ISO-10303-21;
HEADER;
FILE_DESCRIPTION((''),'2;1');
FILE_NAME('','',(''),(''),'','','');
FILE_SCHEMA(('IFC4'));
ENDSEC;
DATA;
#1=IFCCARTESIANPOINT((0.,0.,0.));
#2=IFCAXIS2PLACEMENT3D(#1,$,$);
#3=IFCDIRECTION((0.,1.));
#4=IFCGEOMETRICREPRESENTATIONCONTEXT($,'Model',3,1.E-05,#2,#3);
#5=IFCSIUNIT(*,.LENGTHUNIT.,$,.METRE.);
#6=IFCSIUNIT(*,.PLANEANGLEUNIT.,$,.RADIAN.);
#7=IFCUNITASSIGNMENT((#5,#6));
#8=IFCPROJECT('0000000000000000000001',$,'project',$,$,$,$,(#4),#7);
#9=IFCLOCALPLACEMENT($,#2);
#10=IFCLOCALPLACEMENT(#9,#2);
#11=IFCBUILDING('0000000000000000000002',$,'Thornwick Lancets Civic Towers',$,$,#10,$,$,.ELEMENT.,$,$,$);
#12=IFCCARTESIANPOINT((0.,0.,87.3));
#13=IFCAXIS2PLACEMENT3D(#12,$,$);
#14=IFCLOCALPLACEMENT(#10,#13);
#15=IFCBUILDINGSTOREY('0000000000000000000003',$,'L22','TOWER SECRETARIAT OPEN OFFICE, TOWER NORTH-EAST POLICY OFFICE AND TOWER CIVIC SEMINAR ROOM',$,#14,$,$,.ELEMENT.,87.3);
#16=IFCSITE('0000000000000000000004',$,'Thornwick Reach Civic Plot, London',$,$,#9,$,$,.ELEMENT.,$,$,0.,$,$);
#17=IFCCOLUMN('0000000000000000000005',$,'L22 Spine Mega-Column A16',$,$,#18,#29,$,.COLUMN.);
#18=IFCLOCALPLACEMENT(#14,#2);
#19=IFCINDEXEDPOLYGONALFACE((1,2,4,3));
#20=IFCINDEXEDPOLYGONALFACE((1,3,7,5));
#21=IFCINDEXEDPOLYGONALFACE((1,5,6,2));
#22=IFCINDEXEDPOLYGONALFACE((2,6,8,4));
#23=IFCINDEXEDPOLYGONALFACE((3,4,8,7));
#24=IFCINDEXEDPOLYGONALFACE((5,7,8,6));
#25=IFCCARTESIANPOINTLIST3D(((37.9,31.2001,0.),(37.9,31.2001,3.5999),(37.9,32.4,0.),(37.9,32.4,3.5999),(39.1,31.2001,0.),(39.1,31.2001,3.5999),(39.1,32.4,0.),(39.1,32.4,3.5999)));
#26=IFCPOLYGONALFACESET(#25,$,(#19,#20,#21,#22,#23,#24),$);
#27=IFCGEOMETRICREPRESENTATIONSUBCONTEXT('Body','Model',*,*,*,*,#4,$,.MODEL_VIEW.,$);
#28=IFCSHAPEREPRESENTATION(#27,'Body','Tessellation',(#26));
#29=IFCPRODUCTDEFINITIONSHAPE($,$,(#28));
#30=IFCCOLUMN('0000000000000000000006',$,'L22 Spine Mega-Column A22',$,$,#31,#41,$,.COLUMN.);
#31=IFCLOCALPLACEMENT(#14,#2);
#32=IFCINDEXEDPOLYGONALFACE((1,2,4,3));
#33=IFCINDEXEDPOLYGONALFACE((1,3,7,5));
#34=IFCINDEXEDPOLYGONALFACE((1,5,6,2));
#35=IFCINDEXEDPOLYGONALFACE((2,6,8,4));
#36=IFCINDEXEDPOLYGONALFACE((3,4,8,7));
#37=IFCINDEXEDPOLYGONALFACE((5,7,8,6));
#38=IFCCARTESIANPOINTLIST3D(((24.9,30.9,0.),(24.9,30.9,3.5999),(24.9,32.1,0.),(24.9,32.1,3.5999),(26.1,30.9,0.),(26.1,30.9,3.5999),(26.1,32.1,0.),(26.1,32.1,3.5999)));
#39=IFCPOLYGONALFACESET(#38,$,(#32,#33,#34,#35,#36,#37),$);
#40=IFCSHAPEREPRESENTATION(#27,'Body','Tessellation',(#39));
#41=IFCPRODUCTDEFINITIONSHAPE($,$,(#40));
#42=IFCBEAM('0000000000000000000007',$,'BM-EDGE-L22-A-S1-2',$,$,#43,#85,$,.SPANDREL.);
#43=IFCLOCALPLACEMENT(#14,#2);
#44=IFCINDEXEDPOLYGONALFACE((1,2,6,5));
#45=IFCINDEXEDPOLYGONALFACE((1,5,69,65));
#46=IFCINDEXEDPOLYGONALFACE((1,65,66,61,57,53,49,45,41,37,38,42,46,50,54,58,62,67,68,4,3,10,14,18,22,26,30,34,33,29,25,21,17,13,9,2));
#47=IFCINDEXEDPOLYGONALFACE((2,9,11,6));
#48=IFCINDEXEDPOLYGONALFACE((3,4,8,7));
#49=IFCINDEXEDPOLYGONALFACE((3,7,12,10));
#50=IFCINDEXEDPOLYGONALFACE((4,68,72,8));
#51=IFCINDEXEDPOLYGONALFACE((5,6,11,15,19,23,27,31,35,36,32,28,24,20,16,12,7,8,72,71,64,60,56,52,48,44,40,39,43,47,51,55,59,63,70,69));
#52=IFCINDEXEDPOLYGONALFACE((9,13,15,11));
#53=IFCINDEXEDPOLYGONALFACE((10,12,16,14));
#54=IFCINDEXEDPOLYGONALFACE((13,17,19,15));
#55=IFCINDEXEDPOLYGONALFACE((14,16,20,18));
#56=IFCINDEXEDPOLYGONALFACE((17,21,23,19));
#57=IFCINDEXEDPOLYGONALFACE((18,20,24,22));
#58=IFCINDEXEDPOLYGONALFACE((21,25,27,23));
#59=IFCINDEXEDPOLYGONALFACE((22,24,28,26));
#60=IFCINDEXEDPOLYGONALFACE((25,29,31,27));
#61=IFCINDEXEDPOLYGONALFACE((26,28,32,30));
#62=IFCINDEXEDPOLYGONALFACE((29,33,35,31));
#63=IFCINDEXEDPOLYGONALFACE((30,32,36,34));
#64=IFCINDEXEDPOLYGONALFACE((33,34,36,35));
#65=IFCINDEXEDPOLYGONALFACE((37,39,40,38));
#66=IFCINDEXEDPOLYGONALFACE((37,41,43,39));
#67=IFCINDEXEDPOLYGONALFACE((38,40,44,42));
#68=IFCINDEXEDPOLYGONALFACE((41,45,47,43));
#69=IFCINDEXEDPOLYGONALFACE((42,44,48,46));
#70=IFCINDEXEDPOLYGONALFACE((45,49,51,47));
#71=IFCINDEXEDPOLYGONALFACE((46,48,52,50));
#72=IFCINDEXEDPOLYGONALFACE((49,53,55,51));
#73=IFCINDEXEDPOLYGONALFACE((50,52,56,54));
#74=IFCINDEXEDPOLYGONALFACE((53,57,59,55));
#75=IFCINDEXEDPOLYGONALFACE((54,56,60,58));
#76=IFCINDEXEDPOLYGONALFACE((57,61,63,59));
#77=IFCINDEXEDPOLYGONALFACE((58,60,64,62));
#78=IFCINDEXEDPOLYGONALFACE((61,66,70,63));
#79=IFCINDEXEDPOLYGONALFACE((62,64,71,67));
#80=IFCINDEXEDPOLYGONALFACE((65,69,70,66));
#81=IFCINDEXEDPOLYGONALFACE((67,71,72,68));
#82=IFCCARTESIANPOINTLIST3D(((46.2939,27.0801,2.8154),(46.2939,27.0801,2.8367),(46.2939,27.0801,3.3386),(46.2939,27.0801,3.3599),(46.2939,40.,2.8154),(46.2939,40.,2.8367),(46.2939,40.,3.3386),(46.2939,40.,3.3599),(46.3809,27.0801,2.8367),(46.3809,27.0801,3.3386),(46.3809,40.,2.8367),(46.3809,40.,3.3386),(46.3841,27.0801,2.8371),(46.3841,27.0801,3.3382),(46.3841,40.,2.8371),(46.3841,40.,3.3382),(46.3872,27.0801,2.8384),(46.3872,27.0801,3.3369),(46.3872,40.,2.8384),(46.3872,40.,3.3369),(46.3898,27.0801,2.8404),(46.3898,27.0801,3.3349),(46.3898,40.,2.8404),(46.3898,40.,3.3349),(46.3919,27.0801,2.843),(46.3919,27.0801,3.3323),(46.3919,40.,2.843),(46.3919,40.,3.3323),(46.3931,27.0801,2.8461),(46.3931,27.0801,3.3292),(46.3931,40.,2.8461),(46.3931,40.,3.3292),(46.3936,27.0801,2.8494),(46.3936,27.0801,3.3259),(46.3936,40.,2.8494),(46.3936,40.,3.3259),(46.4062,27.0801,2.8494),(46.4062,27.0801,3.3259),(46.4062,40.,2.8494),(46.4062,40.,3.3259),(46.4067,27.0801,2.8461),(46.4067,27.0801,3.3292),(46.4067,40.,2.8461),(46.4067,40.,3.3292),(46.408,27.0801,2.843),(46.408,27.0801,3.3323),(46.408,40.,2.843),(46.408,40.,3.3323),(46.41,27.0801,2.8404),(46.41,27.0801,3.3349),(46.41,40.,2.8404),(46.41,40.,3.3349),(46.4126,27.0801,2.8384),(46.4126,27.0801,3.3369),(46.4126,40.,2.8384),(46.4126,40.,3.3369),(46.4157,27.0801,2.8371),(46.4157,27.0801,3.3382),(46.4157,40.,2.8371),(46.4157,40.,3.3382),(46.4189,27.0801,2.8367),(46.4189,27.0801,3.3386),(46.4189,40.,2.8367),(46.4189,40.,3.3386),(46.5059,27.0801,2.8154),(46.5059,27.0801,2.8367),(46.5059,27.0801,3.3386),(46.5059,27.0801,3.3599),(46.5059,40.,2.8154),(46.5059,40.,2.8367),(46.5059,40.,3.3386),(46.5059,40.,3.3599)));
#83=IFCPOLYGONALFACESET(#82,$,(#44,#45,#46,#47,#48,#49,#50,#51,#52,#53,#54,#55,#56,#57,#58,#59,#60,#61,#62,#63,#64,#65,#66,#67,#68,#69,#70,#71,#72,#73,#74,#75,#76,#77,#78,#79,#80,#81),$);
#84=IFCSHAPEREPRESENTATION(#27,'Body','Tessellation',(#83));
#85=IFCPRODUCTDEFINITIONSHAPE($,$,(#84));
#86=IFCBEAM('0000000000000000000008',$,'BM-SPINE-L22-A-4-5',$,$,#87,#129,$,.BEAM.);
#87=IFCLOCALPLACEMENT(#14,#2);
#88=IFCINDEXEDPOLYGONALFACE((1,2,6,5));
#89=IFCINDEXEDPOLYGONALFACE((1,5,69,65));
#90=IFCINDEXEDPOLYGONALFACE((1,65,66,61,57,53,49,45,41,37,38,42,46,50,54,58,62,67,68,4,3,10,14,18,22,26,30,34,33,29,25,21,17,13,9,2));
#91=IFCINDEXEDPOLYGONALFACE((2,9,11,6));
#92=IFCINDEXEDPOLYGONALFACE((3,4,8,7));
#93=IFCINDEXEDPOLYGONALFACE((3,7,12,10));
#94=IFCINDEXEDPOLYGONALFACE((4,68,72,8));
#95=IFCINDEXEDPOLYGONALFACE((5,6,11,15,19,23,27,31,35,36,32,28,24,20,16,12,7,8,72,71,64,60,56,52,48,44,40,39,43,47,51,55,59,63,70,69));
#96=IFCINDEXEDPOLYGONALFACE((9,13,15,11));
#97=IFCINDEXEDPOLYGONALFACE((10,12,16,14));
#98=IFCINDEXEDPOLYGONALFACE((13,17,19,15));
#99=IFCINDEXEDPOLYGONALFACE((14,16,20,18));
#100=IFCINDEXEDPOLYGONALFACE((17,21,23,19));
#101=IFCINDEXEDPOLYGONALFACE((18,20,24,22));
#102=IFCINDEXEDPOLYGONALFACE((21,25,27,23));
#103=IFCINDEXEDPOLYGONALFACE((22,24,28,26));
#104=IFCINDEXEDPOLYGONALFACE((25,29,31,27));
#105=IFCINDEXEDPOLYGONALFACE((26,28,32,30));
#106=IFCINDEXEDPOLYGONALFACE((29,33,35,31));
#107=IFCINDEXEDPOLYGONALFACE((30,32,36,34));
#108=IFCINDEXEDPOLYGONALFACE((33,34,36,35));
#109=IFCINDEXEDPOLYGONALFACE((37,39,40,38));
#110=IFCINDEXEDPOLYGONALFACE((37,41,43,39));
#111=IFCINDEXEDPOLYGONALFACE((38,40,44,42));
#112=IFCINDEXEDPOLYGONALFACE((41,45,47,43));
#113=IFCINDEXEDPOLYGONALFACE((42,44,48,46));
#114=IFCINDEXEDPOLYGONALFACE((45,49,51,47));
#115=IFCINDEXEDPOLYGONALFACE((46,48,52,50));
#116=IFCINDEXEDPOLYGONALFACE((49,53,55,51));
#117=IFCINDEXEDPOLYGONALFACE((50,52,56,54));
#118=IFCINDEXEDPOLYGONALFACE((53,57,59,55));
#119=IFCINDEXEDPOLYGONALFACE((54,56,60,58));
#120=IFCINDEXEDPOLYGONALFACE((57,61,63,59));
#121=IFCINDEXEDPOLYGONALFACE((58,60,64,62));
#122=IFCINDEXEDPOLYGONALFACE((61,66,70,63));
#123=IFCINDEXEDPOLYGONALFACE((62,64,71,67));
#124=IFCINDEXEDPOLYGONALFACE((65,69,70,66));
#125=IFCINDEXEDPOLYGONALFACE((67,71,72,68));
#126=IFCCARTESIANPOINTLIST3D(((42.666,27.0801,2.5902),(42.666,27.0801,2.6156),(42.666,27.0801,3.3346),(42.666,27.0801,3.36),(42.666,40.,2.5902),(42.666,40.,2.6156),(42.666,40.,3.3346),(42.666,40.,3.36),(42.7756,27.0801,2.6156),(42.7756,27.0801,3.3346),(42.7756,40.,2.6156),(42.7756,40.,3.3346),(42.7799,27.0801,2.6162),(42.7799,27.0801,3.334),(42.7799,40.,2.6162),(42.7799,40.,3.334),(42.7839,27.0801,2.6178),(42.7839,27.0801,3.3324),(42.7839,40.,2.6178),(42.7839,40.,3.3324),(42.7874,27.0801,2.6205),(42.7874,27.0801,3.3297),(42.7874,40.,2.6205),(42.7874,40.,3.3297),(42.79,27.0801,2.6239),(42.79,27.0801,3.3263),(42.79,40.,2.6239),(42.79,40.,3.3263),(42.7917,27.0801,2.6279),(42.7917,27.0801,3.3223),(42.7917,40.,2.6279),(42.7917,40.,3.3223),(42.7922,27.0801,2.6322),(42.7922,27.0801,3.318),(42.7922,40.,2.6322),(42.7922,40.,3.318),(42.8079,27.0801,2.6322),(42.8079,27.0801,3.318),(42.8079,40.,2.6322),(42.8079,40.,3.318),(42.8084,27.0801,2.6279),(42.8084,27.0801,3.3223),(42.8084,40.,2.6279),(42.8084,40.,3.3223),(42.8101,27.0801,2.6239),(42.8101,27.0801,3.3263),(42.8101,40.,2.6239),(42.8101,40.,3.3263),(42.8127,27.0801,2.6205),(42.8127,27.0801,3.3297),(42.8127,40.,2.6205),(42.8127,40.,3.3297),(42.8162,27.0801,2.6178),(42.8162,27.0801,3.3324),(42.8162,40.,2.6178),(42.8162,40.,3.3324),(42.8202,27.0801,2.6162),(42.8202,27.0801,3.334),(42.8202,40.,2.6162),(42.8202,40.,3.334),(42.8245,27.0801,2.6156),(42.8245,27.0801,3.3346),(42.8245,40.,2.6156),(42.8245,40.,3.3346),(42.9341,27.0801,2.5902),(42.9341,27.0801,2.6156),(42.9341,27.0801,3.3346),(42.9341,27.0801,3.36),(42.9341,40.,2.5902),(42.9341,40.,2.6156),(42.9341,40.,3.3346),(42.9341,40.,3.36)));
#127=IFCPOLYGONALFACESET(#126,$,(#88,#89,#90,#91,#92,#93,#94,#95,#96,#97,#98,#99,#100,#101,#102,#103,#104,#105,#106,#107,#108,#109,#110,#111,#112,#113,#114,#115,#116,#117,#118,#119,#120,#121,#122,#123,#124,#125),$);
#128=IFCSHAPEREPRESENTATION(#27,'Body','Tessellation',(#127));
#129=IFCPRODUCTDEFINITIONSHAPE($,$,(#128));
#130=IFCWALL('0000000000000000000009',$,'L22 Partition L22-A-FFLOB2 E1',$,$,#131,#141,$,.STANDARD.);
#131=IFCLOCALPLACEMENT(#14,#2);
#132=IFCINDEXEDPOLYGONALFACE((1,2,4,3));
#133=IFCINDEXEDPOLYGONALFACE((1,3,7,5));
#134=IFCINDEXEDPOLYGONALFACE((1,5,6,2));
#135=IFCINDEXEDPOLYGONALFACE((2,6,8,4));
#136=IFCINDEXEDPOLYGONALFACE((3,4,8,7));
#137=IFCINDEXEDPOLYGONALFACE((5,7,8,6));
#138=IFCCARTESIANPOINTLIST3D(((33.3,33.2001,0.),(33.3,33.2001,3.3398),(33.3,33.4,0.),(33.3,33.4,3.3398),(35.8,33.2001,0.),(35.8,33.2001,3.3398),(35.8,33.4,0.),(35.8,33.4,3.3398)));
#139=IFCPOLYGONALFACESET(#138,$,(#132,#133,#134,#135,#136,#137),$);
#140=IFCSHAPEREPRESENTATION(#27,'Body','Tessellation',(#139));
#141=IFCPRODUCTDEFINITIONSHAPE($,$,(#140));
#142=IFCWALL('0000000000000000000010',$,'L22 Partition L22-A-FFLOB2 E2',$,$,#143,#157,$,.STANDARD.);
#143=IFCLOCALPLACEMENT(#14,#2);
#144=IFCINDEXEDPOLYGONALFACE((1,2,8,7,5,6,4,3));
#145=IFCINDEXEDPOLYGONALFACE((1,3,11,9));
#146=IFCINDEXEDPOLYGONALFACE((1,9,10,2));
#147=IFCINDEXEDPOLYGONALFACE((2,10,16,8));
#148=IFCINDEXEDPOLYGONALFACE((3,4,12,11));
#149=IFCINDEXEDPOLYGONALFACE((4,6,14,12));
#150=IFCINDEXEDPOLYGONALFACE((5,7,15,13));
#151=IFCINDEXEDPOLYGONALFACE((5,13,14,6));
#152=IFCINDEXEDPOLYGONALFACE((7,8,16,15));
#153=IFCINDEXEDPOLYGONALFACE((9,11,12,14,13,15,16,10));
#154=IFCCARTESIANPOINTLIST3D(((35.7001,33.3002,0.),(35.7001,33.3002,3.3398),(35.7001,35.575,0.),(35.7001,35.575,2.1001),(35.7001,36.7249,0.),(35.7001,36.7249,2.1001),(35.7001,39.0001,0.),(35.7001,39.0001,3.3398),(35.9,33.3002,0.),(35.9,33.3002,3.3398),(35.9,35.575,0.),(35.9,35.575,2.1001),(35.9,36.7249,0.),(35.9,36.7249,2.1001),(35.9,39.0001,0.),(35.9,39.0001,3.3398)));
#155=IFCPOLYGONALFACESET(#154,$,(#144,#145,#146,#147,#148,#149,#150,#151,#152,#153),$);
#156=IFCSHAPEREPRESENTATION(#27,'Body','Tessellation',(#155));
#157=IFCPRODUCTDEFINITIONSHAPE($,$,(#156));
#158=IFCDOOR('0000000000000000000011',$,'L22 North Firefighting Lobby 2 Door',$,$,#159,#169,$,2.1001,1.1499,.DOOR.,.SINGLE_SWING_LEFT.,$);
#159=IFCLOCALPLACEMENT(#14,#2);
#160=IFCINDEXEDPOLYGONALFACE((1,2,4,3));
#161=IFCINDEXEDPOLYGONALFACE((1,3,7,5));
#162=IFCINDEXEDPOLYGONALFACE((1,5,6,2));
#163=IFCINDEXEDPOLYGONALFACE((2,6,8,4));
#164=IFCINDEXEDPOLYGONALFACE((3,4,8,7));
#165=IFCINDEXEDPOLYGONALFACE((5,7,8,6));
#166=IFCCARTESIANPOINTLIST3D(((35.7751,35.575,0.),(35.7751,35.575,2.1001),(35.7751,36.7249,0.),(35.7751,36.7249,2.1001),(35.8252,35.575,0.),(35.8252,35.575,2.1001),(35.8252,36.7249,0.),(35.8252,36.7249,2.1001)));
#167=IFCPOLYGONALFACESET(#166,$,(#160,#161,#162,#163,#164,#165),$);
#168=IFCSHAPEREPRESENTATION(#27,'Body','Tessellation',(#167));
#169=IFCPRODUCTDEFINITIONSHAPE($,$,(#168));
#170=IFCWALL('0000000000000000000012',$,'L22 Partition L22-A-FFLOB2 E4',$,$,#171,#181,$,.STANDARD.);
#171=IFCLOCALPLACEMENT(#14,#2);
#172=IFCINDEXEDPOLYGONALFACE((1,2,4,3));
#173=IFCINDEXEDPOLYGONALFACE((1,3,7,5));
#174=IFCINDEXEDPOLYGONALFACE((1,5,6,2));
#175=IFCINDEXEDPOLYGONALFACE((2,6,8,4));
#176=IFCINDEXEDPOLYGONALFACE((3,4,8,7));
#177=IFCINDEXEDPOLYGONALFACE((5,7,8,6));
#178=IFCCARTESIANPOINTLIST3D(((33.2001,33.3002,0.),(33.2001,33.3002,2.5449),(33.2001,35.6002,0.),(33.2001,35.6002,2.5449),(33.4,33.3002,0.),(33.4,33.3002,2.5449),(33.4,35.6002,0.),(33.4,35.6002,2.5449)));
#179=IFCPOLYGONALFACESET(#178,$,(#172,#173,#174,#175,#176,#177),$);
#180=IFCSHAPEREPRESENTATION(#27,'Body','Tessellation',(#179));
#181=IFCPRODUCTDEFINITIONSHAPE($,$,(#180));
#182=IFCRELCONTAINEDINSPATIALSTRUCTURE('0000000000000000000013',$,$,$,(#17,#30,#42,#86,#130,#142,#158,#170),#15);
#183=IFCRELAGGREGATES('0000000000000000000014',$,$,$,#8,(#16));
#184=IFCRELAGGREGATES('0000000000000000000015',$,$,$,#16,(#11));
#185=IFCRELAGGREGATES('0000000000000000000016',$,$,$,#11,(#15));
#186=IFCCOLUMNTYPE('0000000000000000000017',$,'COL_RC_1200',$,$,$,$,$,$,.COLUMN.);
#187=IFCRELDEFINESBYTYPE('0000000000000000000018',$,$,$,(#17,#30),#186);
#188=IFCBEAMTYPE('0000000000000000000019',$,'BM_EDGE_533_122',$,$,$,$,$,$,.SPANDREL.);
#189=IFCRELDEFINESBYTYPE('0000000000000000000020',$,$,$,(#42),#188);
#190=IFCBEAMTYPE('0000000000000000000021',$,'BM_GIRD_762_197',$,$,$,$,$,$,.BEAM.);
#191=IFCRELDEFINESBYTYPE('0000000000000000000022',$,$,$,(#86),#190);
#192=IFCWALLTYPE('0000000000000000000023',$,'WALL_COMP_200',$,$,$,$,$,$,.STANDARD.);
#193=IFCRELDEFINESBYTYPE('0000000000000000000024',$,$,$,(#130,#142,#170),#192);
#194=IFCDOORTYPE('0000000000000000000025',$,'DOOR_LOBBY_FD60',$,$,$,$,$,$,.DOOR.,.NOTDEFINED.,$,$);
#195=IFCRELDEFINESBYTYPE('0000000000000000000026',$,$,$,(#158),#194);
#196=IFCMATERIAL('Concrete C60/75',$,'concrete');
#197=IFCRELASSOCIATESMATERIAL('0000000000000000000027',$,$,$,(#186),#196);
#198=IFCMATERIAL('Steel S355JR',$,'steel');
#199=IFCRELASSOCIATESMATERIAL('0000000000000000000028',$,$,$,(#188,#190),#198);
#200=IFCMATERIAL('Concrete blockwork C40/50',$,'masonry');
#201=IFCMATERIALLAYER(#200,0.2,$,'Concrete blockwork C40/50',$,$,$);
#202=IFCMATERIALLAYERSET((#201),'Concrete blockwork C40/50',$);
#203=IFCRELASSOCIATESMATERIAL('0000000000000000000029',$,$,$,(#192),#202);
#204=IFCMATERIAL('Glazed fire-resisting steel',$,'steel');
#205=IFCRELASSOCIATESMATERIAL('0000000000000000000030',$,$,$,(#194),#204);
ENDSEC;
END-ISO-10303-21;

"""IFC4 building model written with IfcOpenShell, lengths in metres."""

from ifc_helpers import new_model, si_unit, direction, frame, frame_2d, origin, origin_2d, place, context, subcontext, project, spatial, rectangle, i_section, extrude, material, layer, layer_set, material_profile, profile_set, type_object, element, fill, save


model = new_model("IFC4")

# Units and contexts
model_context = context("Model", 3, precision=1e-05, world=origin(), true_north=direction((0.0, 1.0)))
body_context = subcontext(model_context, "Body", "Model", "MODEL_VIEW")
ifc_project = project(units=[si_unit("LENGTHUNIT", "METRE"), si_unit("PLANEANGLEUNIT", "RADIAN")], contexts=[model_context])

# Site, building, storey
site_placement = place(None, origin())
site = spatial("IfcSite", under=ifc_project, at=site_placement, Name="Thornwick Reach Civic Plot, London", CompositionType="ELEMENT", RefElevation=0.0)
building_placement = place(site_placement, origin())
building = spatial("IfcBuilding", under=site, at=building_placement, Name="Thornwick Lancets Civic Towers", CompositionType="ELEMENT")
storey_placement = place(building_placement, frame((0.0, 0.0, 87.3)))
storey = spatial("IfcBuildingStorey", under=building, at=storey_placement, Name="L22", Description="TOWER SECRETARIAT OPEN OFFICE, TOWER NORTH-EAST POLICY OFFICE AND TOWER CIVIC SEMINAR ROOM", CompositionType="ELEMENT", Elevation=87.3)

# Columns
ifc_material_1 = material(Name="Concrete C60/75", Category="concrete")
ifc_material_profile_1 = material_profile(ifc_material_1, rectangle(XDim=1.2, YDim=1.2, at=origin_2d()), Name="RC 1200x1200")
ifc_profile_set_1 = profile_set([ifc_material_profile_1], Name="Concrete C60/75")
column_type = type_object("IfcColumnType", Name="COL_RC_1200", PredefinedType="COLUMN", material=ifc_profile_set_1)
for number, where, z_axis, x_axis, name in (
    (1, (38.5, 31.8, 0.0), (0.0, 0.0, 1.0), (1.0, 0.0, 0.0), "L22 Spine Mega-Column A16"),
    (2, (25.5, 31.5, 0.0), (0.0, 0.0, 1.0), (1.0, 0.0, 0.0), "L22 Spine Mega-Column A22"),
):
    element("IfcColumn", number, at=place(storey_placement, frame(where, z_axis=z_axis, x_axis=x_axis)), inside=storey, type_object=column_type, Name=name, PredefinedType="COLUMN", context=body_context, shape_type="SweptSolid", body=[
        extrude(rectangle(XDim=1.2, YDim=1.2, at=origin_2d()), origin(), (0.0, 0.0, 1.0), 3.5999),
    ])

# Beams
ifc_material_2 = material(Name="Steel S355JR", Category="steel")
ifc_material_profile_2 = material_profile(ifc_material_2, i_section(OverallWidth=0.2119, OverallDepth=0.5444, WebThickness=0.0127, FlangeThickness=0.0212, FilletRadius=0.0127, at=origin_2d()), Name="UKB 533x210x122")
ifc_profile_set_2 = profile_set([ifc_material_profile_2], Name="Steel S355JR")
beam_type_1 = type_object("IfcBeamType", Name="BM_EDGE_533_122", PredefinedType="SPANDREL", material=ifc_profile_set_2)
beam_1_placement = place(storey_placement, frame((46.3999, 27.0801, 3.0876), z_axis=(0.0, 1.0, 0.0), x_axis=(-1.0, 0.0, 0.0)))
element("IfcBeam", 3, at=beam_1_placement, inside=storey, type_object=beam_type_1, Name="BM-EDGE-L22-A-S1-2", PredefinedType="SPANDREL", context=body_context, shape_type="SweptSolid", body=[
    extrude(i_section(OverallWidth=0.2119, OverallDepth=0.5444, WebThickness=0.0127, FlangeThickness=0.0212, FilletRadius=0.0127, at=origin_2d()), origin(), (0.0, 0.0, 1.0), 12.9199),
])
ifc_material_profile_3 = material_profile(ifc_material_2, i_section(OverallWidth=0.2681, OverallDepth=0.7698, WebThickness=0.0156, FlangeThickness=0.0254, FilletRadius=0.0166, at=origin_2d()), Name="UKB 762x267x197")
ifc_profile_set_3 = profile_set([ifc_material_profile_3], Name="Steel S355JR")
beam_type_2 = type_object("IfcBeamType", Name="BM_GIRD_762_197", PredefinedType="BEAM", material=ifc_profile_set_3)
beam_2_placement = place(storey_placement, frame((42.8, 27.0801, 2.9751), z_axis=(0.0, 1.0, 0.0), x_axis=(-1.0, 0.0, 0.0)))
element("IfcBeam", 4, at=beam_2_placement, inside=storey, type_object=beam_type_2, Name="BM-SPINE-L22-A-4-5", PredefinedType="BEAM", context=body_context, shape_type="SweptSolid", body=[
    extrude(i_section(OverallWidth=0.2681, OverallDepth=0.7698, WebThickness=0.0156, FlangeThickness=0.0254, FilletRadius=0.0166, at=origin_2d()), origin(), (0.0, 0.0, 1.0), 12.9199),
])

# Wall
ifc_material_3 = material(Name="Concrete blockwork C40/50", Category="masonry")
ifc_layer_1 = layer(ifc_material_3, 0.2, Name="Concrete blockwork C40/50")
ifc_layer_set_1 = layer_set([ifc_layer_1], Name="Concrete blockwork C40/50")
wall_type_1 = type_object("IfcWallType", Name="WALL_COMP_200", PredefinedType="STANDARD", material=ifc_layer_set_1)
wall_1_placement = place(storey_placement, frame((33.3, 33.3, 0.0), z_axis=(0.0, 0.0, 1.0), x_axis=(1.0, 0.0, 0.0)))
element("IfcWall", 5, at=wall_1_placement, inside=storey, type_object=wall_type_1, Name="L22 Partition L22-A-FFLOB2 E1", PredefinedType="STANDARD", context=body_context, shape_type="SweptSolid", body=[
    extrude(rectangle(XDim=2.5, YDim=0.2, at=frame_2d((1.25, 0.0))), origin(), (0.0, 0.0, 1.0), 3.3398),
])

# Wall, opening, door
wall_2_placement = place(storey_placement, frame((35.8, 33.3, 0.0), z_axis=(0.0, 0.0, 1.0), x_axis=(0.0, 1.0, 0.0)))
wall_2 = element("IfcWall", 6, at=wall_2_placement, inside=storey, type_object=wall_type_1, Name="L22 Partition L22-A-FFLOB2 E2", PredefinedType="STANDARD", context=body_context, shape_type="SweptSolid", body=[
    extrude(rectangle(XDim=5.7, YDim=0.2, at=frame_2d((2.8501, 0.0))), origin(), (0.0, 0.0, 1.0), 3.3398),
])
opening_1_placement = place(wall_2_placement, frame((2.2749, 0.0, 0.0)))
opening_1 = element("IfcOpeningElement", 7, at=opening_1_placement, cuts=wall_2, PredefinedType="OPENING", context=body_context, shape_type="SweptSolid", body=[
    extrude(rectangle(XDim=1.1499, YDim=2.1001, at=frame_2d((0.575, 1.05))), frame((0.0, 0.1099, 0.0), z_axis=(0.0, -1.0, 0.0), x_axis=(1.0, 0.0, 0.0)), (0.0, 0.0, 1.0), 0.22),
])
ifc_material_4 = material(Name="Glazed fire-resisting steel", Category="steel")
door_type_1 = type_object("IfcDoorType", Name="DOOR_LOBBY_FD60", OperationType="NOTDEFINED", PredefinedType="DOOR", material=ifc_material_4)
door_1_placement = place(opening_1_placement, origin())
door_1 = element("IfcDoor", 8, at=door_1_placement, inside=storey, type_object=door_type_1, Name="L22 North Firefighting Lobby 2 Door", OperationType="SINGLE_SWING_LEFT", OverallHeight=2.1001, OverallWidth=1.1499, PredefinedType="DOOR", context=body_context, shape_type="SweptSolid", body=[
    extrude(rectangle(XDim=1.1499, YDim=2.1001, at=frame_2d((0.575, 1.05))), frame((0.0, 0.0249, 0.0), z_axis=(0.0, -1.0, 0.0), x_axis=(1.0, 0.0, 0.0)), (0.0, 0.0, 1.0), 0.05),
])
fill(opening_1, door_1)

# Wall
wall_3_placement = place(storey_placement, frame((33.3, 35.6001, 0.0), z_axis=(0.0, 0.0, 1.0), x_axis=(0.0, -1.0, 0.0)))
element("IfcWall", 9, at=wall_3_placement, inside=storey, type_object=wall_type_1, Name="L22 Partition L22-A-FFLOB2 E4", PredefinedType="STANDARD", context=body_context, shape_type="SweptSolid", body=[
    extrude(rectangle(XDim=2.3, YDim=0.2, at=frame_2d((1.1499, 0.0))), origin(), (0.0, 0.0, 1.0), 2.5449),
])

save(model, "model.ifc")
